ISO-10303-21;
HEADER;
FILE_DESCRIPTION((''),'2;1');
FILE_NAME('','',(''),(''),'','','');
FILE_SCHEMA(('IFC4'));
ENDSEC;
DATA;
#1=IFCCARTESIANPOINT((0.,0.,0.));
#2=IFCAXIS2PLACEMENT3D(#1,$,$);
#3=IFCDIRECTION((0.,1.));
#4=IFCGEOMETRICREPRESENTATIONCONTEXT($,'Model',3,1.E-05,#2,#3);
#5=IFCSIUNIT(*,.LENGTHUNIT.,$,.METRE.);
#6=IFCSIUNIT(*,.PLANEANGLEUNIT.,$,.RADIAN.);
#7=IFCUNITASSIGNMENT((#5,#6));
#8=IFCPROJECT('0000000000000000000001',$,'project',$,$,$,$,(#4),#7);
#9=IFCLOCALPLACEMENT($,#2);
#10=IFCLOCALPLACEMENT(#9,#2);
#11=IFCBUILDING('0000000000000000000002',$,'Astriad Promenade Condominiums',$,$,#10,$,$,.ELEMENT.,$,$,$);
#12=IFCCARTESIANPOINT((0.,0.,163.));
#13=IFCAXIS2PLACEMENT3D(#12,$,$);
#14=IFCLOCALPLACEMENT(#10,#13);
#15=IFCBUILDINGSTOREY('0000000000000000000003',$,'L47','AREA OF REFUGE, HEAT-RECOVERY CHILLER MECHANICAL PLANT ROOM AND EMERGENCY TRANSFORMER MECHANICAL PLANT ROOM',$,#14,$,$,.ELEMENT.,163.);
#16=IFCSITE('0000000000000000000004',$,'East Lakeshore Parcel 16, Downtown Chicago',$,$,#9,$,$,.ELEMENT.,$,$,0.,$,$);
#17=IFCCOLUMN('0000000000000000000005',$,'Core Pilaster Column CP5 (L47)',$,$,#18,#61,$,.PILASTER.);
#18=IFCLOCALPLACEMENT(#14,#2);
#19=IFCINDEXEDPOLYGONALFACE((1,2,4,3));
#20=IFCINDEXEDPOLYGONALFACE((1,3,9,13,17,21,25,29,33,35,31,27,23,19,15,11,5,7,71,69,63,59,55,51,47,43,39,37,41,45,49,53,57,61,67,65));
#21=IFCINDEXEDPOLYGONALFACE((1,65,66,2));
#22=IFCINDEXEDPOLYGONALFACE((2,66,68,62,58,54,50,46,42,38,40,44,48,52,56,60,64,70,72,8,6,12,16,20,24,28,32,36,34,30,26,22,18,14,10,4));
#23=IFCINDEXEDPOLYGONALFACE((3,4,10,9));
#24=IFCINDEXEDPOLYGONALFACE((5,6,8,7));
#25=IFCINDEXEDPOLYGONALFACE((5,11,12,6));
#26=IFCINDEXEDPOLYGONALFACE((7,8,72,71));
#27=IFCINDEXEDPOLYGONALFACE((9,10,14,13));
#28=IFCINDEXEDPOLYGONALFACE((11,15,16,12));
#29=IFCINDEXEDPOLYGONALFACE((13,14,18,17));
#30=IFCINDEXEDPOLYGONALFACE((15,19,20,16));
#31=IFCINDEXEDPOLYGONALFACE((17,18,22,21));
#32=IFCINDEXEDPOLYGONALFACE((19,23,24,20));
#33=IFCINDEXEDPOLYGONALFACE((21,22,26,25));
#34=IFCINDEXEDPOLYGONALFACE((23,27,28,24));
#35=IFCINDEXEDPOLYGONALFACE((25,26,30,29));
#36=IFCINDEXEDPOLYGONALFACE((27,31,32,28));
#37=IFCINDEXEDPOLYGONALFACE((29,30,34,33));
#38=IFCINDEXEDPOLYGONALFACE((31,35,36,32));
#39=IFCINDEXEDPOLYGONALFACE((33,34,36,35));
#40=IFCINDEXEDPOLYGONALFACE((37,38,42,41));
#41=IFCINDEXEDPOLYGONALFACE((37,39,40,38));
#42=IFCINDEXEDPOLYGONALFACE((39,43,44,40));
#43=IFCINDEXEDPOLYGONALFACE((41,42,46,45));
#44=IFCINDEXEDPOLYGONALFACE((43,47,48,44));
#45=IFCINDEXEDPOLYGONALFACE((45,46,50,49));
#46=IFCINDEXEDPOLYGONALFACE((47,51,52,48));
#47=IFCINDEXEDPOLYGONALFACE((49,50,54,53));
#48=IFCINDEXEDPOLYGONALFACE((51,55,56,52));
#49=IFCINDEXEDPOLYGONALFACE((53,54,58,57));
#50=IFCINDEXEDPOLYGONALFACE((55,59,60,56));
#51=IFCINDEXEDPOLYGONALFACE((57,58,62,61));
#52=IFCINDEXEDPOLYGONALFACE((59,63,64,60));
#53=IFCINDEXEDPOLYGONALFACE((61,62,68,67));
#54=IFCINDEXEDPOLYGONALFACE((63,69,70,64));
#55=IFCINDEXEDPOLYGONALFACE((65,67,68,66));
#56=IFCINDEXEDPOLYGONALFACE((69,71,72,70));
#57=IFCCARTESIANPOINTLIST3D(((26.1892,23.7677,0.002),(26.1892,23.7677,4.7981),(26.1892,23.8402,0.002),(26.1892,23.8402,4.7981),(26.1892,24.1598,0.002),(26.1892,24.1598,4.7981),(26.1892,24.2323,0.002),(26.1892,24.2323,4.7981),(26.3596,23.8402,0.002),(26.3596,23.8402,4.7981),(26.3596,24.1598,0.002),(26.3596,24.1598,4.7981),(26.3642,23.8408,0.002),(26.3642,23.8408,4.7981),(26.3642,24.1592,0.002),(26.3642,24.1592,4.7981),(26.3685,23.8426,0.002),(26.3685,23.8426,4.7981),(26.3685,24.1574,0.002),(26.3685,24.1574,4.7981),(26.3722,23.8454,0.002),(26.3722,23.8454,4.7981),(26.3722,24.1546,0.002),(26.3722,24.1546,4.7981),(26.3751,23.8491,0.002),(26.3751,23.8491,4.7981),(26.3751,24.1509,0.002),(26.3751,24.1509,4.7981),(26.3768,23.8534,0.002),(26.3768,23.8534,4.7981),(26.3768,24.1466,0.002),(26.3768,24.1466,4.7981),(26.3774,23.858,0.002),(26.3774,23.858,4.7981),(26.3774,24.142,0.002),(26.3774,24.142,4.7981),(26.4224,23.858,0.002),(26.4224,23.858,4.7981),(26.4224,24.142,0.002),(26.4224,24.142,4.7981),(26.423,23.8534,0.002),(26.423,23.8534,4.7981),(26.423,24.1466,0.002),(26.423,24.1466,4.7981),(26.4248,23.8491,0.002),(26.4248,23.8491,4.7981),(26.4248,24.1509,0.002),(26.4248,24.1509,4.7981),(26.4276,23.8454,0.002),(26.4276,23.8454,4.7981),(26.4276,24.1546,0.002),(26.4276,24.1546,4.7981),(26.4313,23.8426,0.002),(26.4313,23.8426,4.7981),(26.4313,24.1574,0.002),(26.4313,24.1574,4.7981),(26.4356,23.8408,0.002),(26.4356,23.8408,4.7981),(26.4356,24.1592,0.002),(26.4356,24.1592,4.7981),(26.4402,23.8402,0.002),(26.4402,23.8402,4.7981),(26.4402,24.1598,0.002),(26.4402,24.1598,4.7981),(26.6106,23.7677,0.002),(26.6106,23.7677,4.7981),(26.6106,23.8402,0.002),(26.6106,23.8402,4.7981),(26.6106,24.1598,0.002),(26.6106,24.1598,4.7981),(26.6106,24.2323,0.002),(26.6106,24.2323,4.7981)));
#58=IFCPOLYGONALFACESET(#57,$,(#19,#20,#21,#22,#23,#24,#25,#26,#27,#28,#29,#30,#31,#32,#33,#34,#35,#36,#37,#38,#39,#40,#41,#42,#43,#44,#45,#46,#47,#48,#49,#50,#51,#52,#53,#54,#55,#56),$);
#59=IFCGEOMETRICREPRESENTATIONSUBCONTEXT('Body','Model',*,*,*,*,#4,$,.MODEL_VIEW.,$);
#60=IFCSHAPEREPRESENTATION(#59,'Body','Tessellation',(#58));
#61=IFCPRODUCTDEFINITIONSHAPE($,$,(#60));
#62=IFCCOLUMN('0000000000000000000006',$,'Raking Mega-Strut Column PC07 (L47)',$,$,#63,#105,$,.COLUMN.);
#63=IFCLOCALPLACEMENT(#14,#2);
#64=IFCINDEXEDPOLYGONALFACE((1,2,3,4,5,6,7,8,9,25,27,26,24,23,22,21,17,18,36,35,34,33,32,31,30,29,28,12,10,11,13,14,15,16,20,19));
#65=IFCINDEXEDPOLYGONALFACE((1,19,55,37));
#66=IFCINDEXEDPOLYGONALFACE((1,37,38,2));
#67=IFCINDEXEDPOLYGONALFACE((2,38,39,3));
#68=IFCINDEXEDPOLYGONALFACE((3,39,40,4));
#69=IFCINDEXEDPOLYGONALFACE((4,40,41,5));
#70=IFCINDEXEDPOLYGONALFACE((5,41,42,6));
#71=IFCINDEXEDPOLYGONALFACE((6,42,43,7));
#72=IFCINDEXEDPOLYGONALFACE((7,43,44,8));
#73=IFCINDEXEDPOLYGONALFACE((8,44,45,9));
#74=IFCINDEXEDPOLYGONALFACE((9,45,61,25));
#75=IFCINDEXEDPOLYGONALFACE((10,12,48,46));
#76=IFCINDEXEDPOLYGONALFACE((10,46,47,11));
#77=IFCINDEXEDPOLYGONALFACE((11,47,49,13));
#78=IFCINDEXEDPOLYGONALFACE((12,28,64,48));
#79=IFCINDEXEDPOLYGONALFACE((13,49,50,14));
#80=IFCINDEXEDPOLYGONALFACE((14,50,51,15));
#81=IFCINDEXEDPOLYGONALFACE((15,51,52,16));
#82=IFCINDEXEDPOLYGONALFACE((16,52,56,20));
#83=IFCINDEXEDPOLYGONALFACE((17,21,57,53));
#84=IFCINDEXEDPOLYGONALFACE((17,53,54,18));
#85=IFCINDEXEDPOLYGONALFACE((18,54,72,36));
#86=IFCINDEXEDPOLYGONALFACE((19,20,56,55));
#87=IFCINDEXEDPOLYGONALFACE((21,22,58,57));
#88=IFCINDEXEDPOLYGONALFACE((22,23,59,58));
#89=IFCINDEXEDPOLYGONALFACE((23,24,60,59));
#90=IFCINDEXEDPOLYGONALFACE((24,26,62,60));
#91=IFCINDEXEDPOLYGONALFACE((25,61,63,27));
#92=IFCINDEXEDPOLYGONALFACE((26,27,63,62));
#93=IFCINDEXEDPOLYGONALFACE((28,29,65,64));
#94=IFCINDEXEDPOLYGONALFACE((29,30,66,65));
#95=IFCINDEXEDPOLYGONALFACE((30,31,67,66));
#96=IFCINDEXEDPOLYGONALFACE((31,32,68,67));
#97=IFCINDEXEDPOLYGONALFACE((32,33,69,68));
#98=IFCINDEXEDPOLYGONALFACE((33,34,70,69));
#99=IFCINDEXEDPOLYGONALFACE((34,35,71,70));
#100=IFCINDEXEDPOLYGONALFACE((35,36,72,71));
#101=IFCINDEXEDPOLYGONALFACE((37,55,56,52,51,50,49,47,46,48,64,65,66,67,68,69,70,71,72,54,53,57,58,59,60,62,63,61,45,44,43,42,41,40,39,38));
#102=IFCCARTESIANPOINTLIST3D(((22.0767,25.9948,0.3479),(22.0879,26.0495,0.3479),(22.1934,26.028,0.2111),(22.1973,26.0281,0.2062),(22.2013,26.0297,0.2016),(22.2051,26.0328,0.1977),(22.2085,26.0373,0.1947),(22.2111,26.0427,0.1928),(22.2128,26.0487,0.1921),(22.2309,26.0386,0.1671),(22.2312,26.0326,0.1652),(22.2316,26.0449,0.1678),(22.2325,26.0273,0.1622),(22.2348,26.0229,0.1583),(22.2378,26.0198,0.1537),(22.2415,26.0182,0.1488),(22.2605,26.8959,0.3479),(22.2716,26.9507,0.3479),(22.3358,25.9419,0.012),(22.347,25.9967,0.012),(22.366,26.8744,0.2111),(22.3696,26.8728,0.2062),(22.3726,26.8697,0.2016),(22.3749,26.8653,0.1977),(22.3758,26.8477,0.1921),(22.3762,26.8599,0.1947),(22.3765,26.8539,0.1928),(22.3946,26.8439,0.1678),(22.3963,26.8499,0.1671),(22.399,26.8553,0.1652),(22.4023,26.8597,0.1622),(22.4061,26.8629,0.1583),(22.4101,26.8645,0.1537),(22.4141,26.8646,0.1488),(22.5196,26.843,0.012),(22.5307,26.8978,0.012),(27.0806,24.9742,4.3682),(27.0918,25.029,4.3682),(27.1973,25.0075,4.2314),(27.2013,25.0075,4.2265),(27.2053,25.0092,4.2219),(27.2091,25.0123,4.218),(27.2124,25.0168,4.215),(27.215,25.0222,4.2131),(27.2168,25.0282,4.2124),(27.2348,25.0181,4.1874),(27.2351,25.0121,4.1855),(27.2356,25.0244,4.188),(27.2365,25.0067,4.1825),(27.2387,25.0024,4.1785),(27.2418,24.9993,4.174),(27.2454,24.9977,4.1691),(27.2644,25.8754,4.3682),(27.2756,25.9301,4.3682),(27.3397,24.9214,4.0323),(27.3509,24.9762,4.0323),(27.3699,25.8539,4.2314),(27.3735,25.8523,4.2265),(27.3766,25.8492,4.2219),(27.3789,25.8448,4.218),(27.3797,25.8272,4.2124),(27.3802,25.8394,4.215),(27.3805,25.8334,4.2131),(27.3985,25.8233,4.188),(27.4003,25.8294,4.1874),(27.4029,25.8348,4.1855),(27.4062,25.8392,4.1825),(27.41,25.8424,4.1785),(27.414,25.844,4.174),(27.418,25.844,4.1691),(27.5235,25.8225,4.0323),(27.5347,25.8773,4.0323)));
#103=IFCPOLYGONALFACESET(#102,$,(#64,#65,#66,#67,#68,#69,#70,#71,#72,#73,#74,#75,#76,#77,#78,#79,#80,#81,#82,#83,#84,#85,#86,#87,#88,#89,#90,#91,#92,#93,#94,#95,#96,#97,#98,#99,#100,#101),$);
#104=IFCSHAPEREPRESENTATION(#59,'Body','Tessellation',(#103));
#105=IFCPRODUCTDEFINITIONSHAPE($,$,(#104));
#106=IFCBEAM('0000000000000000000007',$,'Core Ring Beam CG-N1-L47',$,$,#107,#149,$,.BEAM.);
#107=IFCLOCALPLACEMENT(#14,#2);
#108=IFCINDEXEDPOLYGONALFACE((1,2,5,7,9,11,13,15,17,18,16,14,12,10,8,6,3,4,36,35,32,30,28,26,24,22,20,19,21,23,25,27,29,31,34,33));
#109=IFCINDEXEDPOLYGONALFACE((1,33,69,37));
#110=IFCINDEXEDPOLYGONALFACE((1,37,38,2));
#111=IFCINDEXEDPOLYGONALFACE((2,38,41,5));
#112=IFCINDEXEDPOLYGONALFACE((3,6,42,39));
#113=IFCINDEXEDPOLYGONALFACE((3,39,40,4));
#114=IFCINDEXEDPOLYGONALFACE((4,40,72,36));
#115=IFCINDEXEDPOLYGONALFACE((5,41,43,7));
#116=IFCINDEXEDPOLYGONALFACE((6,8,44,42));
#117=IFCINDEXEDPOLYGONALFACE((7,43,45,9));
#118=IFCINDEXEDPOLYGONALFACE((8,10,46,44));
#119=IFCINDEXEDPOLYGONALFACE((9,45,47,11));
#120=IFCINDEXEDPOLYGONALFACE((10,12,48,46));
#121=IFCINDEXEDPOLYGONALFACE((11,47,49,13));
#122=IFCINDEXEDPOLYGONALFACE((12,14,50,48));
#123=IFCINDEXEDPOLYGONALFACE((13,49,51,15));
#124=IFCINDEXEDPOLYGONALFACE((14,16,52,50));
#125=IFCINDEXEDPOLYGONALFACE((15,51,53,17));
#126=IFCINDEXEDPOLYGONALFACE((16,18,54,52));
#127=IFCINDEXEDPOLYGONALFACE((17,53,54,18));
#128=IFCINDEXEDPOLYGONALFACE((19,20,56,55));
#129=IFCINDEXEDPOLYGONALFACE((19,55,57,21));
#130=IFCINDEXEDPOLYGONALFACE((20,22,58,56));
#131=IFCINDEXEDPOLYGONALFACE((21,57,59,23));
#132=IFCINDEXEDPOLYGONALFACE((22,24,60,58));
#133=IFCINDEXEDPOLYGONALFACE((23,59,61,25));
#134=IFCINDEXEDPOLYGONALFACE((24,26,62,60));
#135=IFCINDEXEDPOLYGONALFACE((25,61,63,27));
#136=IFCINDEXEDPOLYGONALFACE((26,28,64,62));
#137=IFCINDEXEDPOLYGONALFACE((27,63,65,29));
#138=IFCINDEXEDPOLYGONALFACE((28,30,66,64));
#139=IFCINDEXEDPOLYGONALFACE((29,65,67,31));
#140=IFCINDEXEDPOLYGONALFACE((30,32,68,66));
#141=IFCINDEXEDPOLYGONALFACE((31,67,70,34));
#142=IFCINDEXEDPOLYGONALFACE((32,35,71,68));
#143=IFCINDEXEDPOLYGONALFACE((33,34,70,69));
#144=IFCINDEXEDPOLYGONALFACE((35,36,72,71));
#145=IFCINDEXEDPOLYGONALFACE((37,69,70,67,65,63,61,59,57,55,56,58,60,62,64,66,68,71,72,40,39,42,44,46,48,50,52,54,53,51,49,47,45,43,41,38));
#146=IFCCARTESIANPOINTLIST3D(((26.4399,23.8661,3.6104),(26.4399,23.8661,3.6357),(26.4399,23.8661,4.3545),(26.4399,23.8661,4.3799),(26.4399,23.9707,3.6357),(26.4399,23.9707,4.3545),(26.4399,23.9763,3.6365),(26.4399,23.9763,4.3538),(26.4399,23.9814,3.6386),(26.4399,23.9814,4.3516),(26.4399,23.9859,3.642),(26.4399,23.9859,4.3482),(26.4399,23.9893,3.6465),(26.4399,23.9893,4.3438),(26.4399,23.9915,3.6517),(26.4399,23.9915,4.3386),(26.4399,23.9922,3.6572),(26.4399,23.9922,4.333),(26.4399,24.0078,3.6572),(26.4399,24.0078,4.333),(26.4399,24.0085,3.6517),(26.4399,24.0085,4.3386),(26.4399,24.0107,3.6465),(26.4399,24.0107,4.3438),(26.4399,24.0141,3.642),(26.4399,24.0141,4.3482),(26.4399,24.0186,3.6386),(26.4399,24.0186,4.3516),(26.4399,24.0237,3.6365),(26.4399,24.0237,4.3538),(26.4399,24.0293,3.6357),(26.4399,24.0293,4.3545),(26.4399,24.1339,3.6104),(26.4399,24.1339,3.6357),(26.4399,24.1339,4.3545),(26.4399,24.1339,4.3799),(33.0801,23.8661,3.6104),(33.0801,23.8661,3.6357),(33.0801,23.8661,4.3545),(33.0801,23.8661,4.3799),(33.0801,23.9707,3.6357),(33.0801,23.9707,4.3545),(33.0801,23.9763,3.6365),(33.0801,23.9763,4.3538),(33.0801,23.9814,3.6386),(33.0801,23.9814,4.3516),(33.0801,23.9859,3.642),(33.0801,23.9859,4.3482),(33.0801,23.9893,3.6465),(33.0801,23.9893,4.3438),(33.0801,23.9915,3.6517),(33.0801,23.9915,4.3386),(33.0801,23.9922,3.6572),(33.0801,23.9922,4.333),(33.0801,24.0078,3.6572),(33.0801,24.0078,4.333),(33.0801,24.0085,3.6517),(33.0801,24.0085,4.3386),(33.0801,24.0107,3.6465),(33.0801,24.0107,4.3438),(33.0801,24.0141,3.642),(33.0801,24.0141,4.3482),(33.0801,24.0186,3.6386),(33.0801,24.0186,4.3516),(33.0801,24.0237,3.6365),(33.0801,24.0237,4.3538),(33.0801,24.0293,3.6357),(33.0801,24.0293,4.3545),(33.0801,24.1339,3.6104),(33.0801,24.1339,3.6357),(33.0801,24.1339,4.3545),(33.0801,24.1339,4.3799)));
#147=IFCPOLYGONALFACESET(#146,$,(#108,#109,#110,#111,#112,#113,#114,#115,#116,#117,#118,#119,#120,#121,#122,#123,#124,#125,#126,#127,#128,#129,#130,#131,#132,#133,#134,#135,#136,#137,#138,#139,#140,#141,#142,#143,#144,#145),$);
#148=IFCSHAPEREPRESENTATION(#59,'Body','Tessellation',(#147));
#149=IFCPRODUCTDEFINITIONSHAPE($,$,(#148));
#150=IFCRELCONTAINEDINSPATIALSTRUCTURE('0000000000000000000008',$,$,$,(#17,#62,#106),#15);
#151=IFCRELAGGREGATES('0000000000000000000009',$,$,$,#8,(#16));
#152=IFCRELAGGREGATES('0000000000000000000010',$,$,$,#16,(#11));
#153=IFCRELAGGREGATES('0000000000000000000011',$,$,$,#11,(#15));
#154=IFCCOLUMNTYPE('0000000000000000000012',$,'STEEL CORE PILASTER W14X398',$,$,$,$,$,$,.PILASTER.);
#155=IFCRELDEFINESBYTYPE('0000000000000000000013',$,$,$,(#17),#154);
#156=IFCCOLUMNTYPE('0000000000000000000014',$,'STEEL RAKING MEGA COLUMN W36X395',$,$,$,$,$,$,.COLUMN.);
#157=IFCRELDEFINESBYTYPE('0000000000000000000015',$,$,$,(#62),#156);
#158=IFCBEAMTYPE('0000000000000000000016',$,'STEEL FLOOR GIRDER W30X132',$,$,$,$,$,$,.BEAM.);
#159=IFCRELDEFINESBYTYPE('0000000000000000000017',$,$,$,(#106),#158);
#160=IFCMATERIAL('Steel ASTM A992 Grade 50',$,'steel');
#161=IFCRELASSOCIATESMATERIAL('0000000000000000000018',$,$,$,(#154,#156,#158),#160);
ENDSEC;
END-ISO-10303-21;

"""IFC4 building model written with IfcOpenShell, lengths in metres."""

from ifc_helpers import new_model, si_unit, direction, frame, origin, origin_2d, place, context, subcontext, project, spatial, i_section, extrude, source, transform, mapped, material, material_profile, profile_set, type_object, type_shapes, element, save


model = new_model("IFC4")

# Units and contexts
model_context = context("Model", 3, precision=1e-05, world=origin(), true_north=direction((0.0, 1.0)))
body_context = subcontext(model_context, "Body", "Model", "MODEL_VIEW")
ifc_project = project(units=[si_unit("LENGTHUNIT", "METRE"), si_unit("PLANEANGLEUNIT", "RADIAN")], contexts=[model_context])

# Site, building, storey
site_placement = place(None, origin())
site = spatial("IfcSite", under=ifc_project, at=site_placement, Name="East Lakeshore Parcel 16, Downtown Chicago", CompositionType="ELEMENT", RefElevation=0.0)
building_placement = place(site_placement, origin())
building = spatial("IfcBuilding", under=site, at=building_placement, Name="Astriad Promenade Condominiums", CompositionType="ELEMENT")
storey_placement = place(building_placement, frame((0.0, 0.0, 163.0)))
storey = spatial("IfcBuildingStorey", under=building, at=storey_placement, Name="L47", Description="AREA OF REFUGE, HEAT-RECOVERY CHILLER MECHANICAL PLANT ROOM AND EMERGENCY TRANSFORMER MECHANICAL PLANT ROOM", CompositionType="ELEMENT", Elevation=163.0)

# Columns
ifc_material_1 = material(Name="Steel ASTM A992 Grade 50", Category="steel")
ifc_material_profile_1 = material_profile(ifc_material_1, i_section(OverallWidth=0.4214, OverallDepth=0.4646, WebThickness=0.0449, FlangeThickness=0.0725, FilletRadius=0.0178, at=origin_2d()), Name="W14X398")
ifc_profile_set_1 = profile_set([ifc_material_profile_1], Name="Steel ASTM A992 Grade 50")
column_type_1 = type_object("IfcColumnType", Name="STEEL CORE PILASTER W14X398", PredefinedType="PILASTER", material=ifc_profile_set_1)
shared_shape_1 = source(origin(), body_context, "Body", "SweptSolid", [
    extrude(i_section(OverallWidth=0.4214, OverallDepth=0.4646, WebThickness=0.0449, FlangeThickness=0.0725, FilletRadius=0.0178, at=origin_2d()), origin(), (0.0, 0.0, 1.0), 4.7961),
])
type_shapes(column_type_1, [shared_shape_1])
column_1_placement = place(storey_placement, frame((26.3999, 24.0, 0.002), z_axis=(0.0, 0.0, 1.0), x_axis=(1.0, 0.0, 0.0)))
element("IfcColumn", 1, at=column_1_placement, inside=storey, type_object=column_type_1, Name="Core Pilaster Column CP5 (L47)", PredefinedType="PILASTER", context=body_context, shape_type="MappedRepresentation", body=[
    mapped(shared_shape_1, transform((0.0, 0.0, 0.0), scale=1.0)),
])
ifc_material_profile_2 = material_profile(ifc_material_1, i_section(OverallWidth=0.4275, OverallDepth=0.9756, WebThickness=0.031, FlangeThickness=0.0559, FilletRadius=0.0242, at=origin_2d()), Name="W36X395")
ifc_profile_set_2 = profile_set([ifc_material_profile_2], Name="Steel ASTM A992 Grade 50")
column_type_2 = type_object("IfcColumnType", Name="STEEL RAKING MEGA COLUMN W36X395", PredefinedType="COLUMN", material=ifc_profile_set_2)
shared_shape_2 = source(origin(), body_context, "Body", "SweptSolid", [
    extrude(i_section(OverallWidth=0.4275, OverallDepth=0.9756, WebThickness=0.031, FlangeThickness=0.0559, FilletRadius=0.0242, at=origin_2d()), origin(), (0.0, 0.0, 1.0), 6.4995),
])
type_shapes(column_type_2, [shared_shape_2])
column_2_placement = place(storey_placement, frame((22.3037, 26.4463, 0.1799), z_axis=(0.769895, -0.157014, 0.618553), x_axis=(-0.606077, 0.123605, 0.785743)))
element("IfcColumn", 2, at=column_2_placement, inside=storey, type_object=column_type_2, Name="Raking Mega-Strut Column PC07 (L47)", PredefinedType="COLUMN", context=body_context, shape_type="MappedRepresentation", body=[
    mapped(shared_shape_2, transform((0.0, 0.0, 0.0), scale=1.0)),
])

# Beam
ifc_material_profile_3 = material_profile(ifc_material_1, i_section(OverallWidth=0.2678, OverallDepth=0.7695, WebThickness=0.0156, FlangeThickness=0.0254, FilletRadius=0.0215, at=origin_2d()), Name="W30X132")
ifc_profile_set_3 = profile_set([ifc_material_profile_3], Name="Steel ASTM A992 Grade 50")
beam_type_1 = type_object("IfcBeamType", Name="STEEL FLOOR GIRDER W30X132", PredefinedType="BEAM", material=ifc_profile_set_3)
shared_shape_3 = source(origin(), body_context, "Body", "SweptSolid", [
    extrude(i_section(OverallWidth=0.2678, OverallDepth=0.7695, WebThickness=0.0156, FlangeThickness=0.0254, FilletRadius=0.0215, at=origin_2d()), origin(), (0.0, 0.0, 1.0), 6.6401),
])
type_shapes(beam_type_1, [shared_shape_3])
beam_1_placement = place(storey_placement, frame((26.4399, 24.0, 3.9951), z_axis=(1.0, 0.0, 0.0), x_axis=(0.0, 1.0, 0.0)))
element("IfcBeam", 3, at=beam_1_placement, inside=storey, type_object=beam_type_1, Name="Core Ring Beam CG-N1-L47", PredefinedType="BEAM", context=body_context, shape_type="MappedRepresentation", body=[
    mapped(shared_shape_3, transform((0.0, 0.0, 0.0), scale=1.0)),
])

save(model, "model.ifc")
